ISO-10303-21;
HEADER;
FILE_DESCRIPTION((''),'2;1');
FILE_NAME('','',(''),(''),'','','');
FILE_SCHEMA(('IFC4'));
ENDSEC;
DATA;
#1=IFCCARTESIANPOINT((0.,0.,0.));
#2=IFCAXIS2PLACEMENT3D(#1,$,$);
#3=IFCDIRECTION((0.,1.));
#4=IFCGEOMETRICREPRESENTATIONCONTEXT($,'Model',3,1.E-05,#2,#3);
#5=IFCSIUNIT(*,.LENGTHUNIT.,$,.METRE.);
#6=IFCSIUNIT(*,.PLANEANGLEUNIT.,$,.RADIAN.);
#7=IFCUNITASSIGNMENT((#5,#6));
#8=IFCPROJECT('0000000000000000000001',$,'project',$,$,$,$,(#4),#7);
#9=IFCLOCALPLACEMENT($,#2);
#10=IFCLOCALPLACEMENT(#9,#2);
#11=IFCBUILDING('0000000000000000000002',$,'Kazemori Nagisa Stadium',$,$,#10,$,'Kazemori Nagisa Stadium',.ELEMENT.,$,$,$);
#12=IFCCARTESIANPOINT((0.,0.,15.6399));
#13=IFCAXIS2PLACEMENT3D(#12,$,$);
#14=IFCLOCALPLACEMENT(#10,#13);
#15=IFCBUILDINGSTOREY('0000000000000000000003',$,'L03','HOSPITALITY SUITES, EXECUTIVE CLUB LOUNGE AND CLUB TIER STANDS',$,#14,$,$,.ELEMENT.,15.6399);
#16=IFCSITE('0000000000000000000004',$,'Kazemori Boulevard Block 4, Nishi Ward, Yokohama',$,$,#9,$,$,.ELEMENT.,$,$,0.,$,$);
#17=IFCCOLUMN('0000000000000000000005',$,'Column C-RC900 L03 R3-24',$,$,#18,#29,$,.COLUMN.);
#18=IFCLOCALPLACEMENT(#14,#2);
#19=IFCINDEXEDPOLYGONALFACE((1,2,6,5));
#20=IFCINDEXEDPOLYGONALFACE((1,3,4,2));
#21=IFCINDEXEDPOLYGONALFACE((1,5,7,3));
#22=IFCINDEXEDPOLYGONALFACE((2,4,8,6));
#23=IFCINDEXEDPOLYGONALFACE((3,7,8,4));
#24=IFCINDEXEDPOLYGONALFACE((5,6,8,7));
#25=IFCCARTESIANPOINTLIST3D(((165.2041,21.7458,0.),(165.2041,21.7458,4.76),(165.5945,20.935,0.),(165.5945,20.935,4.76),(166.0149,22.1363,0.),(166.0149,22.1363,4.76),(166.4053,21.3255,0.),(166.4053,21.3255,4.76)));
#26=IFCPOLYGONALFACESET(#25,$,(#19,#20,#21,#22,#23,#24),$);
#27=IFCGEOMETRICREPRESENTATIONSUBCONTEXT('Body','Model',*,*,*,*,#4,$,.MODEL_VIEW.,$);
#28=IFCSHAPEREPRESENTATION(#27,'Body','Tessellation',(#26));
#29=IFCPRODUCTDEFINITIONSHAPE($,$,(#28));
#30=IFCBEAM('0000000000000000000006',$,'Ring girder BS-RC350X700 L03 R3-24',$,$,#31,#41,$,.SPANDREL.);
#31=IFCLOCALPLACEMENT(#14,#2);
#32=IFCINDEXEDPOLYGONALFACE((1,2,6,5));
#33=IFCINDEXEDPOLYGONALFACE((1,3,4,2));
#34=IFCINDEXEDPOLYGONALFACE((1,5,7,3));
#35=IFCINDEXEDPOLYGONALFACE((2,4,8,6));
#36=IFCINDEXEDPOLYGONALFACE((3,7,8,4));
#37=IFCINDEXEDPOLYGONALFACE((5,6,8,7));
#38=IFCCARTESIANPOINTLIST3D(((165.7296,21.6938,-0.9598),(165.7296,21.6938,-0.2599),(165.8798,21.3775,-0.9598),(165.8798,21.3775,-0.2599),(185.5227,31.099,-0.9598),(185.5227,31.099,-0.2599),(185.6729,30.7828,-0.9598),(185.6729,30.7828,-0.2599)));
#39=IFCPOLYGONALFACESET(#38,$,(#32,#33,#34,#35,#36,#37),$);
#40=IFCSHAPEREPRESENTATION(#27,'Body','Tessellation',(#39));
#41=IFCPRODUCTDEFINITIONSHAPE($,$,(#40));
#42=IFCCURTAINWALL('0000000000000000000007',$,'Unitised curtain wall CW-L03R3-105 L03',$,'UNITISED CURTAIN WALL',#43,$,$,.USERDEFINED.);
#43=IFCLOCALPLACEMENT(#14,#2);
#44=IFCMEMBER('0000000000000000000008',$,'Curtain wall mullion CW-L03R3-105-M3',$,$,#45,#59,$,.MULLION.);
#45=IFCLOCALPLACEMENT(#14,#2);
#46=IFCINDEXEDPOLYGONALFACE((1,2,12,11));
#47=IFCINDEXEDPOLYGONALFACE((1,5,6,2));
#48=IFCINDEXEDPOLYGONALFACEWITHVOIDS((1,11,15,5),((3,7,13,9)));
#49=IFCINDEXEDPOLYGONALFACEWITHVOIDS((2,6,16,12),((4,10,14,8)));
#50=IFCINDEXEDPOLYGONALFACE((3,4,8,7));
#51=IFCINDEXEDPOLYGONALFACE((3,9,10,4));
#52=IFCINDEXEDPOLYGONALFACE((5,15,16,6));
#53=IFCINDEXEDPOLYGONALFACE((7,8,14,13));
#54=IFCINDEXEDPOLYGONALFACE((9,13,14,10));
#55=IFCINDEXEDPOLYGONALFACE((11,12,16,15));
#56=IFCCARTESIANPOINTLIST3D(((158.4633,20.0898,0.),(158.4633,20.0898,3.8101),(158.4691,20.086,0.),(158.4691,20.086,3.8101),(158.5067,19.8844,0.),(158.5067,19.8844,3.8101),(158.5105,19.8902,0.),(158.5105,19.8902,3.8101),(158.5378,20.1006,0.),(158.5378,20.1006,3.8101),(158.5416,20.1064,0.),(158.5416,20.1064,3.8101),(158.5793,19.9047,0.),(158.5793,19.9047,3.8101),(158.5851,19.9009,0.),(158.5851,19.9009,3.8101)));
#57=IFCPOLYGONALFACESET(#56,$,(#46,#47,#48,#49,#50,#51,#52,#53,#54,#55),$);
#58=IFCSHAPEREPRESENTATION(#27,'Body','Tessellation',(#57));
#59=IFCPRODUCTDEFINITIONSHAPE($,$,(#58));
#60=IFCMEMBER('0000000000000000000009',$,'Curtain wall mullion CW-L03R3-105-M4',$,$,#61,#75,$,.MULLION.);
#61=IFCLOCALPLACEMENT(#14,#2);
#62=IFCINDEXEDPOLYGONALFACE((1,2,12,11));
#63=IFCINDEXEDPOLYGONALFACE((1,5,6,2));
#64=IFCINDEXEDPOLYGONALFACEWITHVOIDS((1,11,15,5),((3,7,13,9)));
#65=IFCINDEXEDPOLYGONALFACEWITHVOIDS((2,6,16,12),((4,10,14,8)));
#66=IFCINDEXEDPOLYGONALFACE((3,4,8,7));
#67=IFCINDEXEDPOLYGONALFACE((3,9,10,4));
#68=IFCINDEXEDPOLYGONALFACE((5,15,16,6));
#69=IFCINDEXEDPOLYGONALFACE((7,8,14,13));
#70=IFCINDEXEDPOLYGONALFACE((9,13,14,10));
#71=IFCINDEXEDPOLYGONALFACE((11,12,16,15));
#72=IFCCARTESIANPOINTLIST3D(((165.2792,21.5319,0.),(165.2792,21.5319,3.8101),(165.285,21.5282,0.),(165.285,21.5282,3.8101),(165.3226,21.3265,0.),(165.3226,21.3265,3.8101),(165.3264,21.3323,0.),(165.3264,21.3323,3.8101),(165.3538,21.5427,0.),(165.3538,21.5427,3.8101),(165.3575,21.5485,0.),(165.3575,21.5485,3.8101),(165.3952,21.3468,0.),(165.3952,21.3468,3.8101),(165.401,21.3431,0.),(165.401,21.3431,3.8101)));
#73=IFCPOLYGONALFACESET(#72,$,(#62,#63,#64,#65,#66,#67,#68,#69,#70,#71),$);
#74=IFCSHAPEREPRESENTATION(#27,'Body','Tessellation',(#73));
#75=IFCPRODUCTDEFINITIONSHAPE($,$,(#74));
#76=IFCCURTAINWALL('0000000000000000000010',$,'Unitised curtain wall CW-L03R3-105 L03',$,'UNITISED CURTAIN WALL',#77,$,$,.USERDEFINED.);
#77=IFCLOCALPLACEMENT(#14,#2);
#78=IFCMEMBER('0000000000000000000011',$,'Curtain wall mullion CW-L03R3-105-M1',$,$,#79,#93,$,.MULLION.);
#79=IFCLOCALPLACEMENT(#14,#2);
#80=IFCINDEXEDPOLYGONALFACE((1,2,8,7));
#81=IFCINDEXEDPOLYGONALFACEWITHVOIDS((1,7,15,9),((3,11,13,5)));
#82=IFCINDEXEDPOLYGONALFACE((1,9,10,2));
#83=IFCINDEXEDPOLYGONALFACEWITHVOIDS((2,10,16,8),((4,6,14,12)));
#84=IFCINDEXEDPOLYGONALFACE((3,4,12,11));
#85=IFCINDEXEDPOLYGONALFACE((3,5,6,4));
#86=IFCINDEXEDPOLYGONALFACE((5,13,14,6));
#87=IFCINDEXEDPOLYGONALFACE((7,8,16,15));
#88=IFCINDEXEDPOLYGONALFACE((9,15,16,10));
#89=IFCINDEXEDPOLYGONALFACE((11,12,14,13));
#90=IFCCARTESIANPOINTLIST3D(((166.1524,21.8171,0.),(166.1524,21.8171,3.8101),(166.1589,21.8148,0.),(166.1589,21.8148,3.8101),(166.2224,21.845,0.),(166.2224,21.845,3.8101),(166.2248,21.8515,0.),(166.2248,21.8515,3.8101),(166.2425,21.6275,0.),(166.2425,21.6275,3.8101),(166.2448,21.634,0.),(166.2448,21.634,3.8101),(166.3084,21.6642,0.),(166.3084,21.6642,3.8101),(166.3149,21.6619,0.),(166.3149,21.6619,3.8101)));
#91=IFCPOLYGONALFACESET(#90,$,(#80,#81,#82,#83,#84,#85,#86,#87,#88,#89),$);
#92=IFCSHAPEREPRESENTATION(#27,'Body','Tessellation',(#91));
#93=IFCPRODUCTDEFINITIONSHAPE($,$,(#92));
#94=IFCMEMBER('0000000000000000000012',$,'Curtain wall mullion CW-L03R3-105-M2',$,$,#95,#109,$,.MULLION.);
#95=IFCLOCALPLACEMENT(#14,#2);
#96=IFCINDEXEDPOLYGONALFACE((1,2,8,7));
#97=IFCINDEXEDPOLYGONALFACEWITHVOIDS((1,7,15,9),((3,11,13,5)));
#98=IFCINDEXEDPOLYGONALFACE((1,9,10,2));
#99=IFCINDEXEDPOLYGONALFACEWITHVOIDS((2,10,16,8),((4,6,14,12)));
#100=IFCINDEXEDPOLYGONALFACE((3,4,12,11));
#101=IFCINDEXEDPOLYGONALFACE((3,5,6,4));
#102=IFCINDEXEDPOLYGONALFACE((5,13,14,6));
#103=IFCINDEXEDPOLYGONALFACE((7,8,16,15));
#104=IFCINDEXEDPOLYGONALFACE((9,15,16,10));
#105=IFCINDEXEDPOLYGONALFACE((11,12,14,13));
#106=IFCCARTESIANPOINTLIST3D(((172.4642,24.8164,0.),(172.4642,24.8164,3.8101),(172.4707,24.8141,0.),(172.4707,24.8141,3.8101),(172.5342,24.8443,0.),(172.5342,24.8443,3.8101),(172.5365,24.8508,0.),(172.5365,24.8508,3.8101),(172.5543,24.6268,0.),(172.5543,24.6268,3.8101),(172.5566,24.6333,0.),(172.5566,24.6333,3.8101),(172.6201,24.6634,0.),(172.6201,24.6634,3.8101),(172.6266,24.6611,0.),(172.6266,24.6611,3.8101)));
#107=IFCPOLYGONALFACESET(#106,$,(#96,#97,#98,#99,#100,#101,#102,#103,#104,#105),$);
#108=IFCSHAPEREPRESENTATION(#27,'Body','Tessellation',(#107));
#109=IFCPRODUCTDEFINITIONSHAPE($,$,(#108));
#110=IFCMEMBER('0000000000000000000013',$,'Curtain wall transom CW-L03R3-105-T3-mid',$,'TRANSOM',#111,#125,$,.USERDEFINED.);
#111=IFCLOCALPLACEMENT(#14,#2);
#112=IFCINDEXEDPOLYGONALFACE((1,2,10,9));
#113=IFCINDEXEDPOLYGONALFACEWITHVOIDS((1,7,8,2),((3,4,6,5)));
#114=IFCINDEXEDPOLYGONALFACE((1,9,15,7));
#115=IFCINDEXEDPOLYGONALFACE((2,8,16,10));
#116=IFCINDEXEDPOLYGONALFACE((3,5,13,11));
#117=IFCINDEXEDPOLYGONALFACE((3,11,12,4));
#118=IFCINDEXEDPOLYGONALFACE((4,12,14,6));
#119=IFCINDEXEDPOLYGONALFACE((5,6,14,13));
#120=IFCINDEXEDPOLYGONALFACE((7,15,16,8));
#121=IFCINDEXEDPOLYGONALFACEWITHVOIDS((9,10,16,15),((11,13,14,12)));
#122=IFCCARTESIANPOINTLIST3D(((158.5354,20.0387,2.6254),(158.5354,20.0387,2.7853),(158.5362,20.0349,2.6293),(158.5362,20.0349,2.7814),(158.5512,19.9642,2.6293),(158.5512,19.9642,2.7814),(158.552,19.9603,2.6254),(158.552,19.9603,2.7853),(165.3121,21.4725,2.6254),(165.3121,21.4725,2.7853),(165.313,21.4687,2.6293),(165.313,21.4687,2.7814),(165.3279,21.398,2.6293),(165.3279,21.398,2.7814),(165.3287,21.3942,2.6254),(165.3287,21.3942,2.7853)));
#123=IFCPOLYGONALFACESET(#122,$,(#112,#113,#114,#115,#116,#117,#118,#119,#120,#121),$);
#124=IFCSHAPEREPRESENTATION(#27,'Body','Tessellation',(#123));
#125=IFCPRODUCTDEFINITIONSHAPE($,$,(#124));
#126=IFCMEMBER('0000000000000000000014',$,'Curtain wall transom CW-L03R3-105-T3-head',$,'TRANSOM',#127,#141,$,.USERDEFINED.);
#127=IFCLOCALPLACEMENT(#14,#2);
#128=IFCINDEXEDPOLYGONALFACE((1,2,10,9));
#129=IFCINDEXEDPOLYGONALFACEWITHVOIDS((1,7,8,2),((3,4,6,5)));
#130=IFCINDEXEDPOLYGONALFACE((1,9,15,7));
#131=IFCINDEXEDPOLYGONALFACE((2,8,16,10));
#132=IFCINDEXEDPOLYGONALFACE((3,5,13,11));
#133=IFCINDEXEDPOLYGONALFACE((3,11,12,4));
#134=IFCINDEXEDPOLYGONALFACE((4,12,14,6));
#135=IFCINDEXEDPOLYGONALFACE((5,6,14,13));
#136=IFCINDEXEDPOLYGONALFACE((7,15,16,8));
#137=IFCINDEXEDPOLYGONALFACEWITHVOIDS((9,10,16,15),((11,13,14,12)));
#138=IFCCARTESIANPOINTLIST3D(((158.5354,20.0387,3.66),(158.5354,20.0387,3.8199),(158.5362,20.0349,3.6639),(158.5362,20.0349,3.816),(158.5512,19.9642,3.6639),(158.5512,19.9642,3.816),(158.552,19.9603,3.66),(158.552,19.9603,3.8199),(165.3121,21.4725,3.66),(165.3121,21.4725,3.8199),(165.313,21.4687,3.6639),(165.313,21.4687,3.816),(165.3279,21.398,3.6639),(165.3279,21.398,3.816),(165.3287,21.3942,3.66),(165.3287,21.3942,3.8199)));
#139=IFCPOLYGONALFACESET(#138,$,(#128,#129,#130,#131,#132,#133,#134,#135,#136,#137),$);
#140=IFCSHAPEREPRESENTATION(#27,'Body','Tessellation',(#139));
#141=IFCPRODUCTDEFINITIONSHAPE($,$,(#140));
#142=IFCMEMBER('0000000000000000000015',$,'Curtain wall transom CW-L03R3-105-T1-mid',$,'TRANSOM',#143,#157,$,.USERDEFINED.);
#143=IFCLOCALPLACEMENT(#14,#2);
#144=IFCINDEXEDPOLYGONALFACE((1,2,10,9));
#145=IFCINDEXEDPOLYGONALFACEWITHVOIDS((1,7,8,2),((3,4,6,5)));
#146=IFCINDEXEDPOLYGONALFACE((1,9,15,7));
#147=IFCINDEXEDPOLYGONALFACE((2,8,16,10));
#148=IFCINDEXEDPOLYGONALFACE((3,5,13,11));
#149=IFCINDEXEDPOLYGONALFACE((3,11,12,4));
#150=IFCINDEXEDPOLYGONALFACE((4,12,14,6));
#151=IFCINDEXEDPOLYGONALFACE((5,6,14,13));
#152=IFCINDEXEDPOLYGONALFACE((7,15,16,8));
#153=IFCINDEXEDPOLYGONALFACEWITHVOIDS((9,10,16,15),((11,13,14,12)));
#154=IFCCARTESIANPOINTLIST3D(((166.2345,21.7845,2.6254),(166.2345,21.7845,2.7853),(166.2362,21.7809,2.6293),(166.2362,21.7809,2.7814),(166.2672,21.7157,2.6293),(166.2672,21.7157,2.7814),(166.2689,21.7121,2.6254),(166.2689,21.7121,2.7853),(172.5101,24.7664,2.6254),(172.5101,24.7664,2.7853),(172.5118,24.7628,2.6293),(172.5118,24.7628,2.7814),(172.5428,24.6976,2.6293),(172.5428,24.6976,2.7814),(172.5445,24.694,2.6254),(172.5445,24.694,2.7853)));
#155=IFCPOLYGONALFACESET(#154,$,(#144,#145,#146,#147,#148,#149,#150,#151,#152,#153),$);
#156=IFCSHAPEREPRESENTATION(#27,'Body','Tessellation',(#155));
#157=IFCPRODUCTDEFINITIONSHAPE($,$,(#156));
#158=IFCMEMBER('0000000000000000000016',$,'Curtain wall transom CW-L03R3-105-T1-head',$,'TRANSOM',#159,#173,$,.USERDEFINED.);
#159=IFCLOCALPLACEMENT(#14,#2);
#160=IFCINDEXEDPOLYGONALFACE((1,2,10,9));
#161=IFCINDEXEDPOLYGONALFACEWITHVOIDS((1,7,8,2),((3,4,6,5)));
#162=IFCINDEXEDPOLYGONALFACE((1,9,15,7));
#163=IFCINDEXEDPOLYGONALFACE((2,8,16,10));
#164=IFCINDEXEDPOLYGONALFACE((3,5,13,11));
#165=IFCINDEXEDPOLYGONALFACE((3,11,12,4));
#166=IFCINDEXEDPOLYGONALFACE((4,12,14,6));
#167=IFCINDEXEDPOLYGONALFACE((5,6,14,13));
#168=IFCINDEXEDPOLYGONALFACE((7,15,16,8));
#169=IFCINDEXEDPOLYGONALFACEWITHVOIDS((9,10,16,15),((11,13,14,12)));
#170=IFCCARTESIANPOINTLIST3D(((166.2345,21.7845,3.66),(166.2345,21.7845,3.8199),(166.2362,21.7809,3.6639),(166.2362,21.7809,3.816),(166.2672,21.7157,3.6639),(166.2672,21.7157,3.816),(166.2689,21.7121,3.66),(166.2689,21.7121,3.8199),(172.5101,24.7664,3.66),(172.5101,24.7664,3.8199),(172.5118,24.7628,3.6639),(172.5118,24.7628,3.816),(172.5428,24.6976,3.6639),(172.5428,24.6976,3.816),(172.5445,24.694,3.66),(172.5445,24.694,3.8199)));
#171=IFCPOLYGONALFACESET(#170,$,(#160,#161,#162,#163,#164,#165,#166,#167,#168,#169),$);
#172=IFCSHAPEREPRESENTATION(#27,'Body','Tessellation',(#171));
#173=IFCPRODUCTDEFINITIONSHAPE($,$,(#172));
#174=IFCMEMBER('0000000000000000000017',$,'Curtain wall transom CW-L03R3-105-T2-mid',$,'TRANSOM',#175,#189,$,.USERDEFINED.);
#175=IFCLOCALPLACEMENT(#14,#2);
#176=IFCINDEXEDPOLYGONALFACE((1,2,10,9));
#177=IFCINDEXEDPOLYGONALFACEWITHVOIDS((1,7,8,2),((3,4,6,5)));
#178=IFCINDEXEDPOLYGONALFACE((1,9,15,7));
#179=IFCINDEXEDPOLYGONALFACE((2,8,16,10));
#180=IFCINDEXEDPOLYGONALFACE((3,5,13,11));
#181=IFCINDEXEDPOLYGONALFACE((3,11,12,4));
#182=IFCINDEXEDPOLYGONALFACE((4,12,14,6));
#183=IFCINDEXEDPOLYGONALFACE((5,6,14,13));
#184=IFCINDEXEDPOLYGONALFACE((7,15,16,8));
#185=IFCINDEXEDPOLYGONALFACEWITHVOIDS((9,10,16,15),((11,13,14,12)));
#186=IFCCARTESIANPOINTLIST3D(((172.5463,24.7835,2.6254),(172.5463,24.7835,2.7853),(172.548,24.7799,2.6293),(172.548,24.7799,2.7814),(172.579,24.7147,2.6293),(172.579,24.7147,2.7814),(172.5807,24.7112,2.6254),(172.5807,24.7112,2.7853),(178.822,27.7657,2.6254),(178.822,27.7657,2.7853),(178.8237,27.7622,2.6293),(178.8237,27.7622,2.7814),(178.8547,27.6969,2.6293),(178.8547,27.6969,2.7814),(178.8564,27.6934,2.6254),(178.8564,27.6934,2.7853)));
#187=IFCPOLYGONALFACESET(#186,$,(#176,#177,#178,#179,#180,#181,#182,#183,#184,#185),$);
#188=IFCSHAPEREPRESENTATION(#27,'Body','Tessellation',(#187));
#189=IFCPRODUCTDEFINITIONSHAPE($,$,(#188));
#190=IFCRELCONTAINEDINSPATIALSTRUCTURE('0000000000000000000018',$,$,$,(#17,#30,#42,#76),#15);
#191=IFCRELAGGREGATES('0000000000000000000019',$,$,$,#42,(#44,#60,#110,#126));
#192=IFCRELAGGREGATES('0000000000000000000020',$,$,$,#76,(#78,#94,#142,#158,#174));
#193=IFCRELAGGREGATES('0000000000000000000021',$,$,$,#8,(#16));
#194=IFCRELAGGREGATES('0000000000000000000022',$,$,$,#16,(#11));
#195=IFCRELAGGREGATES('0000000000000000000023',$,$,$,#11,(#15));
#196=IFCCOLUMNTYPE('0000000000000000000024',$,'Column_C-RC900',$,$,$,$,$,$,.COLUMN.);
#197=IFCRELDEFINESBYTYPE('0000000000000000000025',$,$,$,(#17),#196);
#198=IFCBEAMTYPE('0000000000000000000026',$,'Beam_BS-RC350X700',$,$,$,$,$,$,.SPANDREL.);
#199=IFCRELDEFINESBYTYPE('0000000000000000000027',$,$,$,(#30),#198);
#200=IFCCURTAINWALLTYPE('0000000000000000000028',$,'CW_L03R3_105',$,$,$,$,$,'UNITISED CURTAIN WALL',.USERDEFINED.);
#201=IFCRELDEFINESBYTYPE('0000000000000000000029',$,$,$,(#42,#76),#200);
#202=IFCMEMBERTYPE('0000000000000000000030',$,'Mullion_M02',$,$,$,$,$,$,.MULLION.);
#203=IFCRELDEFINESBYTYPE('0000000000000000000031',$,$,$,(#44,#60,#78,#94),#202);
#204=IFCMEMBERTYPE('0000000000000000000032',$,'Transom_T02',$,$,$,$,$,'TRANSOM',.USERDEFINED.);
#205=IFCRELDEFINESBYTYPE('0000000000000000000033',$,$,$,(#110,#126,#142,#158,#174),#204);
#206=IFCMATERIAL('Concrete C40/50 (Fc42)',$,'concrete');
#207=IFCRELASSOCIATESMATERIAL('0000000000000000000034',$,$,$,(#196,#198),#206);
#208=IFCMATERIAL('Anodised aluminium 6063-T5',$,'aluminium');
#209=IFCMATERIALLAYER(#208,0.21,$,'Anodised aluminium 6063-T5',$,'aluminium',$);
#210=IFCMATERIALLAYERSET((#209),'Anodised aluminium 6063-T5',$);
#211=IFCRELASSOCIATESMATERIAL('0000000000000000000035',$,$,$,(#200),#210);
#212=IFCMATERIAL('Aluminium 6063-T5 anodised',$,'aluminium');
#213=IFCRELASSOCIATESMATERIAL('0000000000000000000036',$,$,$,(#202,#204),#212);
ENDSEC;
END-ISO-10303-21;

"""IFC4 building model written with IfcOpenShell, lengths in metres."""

from ifc_helpers import new_model, si_unit, direction, frame, origin, origin_2d, place, context, subcontext, project, spatial, rectangle, hollow_rectangle, extrude, material, layer, layer_set, material_profile, profile_set, type_object, element, aggregate, save


model = new_model("IFC4")

# Units and contexts
model_context = context("Model", 3, precision=1e-05, world=origin(), true_north=direction((0.0, 1.0)))
body_context = subcontext(model_context, "Body", "Model", "MODEL_VIEW")
ifc_project = project(units=[si_unit("LENGTHUNIT", "METRE"), si_unit("PLANEANGLEUNIT", "RADIAN")], contexts=[model_context])

# Site, building, storey
site_placement = place(None, origin())
site = spatial("IfcSite", under=ifc_project, at=site_placement, Name="Kazemori Boulevard Block 4, Nishi Ward, Yokohama", CompositionType="ELEMENT", RefElevation=0.0)
building_placement = place(site_placement, origin())
building = spatial("IfcBuilding", under=site, at=building_placement, Name="Kazemori Nagisa Stadium", LongName="Kazemori Nagisa Stadium", CompositionType="ELEMENT")
storey_placement = place(building_placement, frame((0.0, 0.0, 15.6399)))
storey = spatial("IfcBuildingStorey", under=building, at=storey_placement, Name="L03", Description="HOSPITALITY SUITES, EXECUTIVE CLUB LOUNGE AND CLUB TIER STANDS", CompositionType="ELEMENT", Elevation=15.6399)

# Column
ifc_material_1 = material(Name="Concrete C40/50 (Fc42)", Category="concrete")
ifc_material_profile_1 = material_profile(ifc_material_1, rectangle(XDim=0.8999, YDim=0.8999, at=origin_2d()), Name="RC-COL-900x900")
ifc_profile_set_1 = profile_set([ifc_material_profile_1], Name="Concrete C40/50 (Fc42)")
column_type = type_object("IfcColumnType", Name="Column_C-RC900", PredefinedType="COLUMN", material=ifc_profile_set_1)
column_placement = place(storey_placement, frame((165.8047, 21.5356, 0.0), z_axis=(0.0, 0.0, 1.0), x_axis=(0.433884, -0.900969, 0.0)))
element("IfcColumn", 1, at=column_placement, inside=storey, type_object=column_type, Name="Column C-RC900 L03 R3-24", PredefinedType="COLUMN", context=body_context, shape_type="SweptSolid", body=[
    extrude(rectangle(XDim=0.8999, YDim=0.8999, at=origin_2d()), origin(), (0.0, 0.0, 1.0), 4.76),
])

# Beam
ifc_material_profile_2 = material_profile(ifc_material_1, rectangle(XDim=0.3501, YDim=0.7, at=origin_2d()), Name="RC-SP-350x700")
ifc_profile_set_2 = profile_set([ifc_material_profile_2], Name="Concrete C40/50 (Fc42)")
beam_type = type_object("IfcBeamType", Name="Beam_BS-RC350X700", PredefinedType="SPANDREL", material=ifc_profile_set_2)
beam_placement = place(storey_placement, frame((165.8047, 21.5356, -0.6099), z_axis=(0.903216, 0.429187, 0.0), x_axis=(-0.429187, 0.903216, 0.0)))
element("IfcBeam", 2, at=beam_placement, inside=storey, type_object=beam_type, Name="Ring girder BS-RC350X700 L03 R3-24", PredefinedType="SPANDREL", context=body_context, shape_type="SweptSolid", body=[
    extrude(rectangle(XDim=0.3501, YDim=0.7, at=origin_2d()), origin(), (0.0, 0.0, 1.0), 21.9141),
])

# Curtain walls, members
ifc_material_2 = material(Name="Anodised aluminium 6063-T5", Category="aluminium")
ifc_layer_1 = layer(ifc_material_2, 0.21, Name="Anodised aluminium 6063-T5", Category="aluminium")
ifc_layer_set_1 = layer_set([ifc_layer_1], Name="Anodised aluminium 6063-T5")
curtain_wall_type = type_object("IfcCurtainWallType", Name="CW_L03R3_105", ElementType="UNITISED CURTAIN WALL", PredefinedType="USERDEFINED", material=ifc_layer_set_1)
curtain_wall_1_placement = place(storey_placement, origin())
curtain_wall_1 = element("IfcCurtainWall", 3, at=curtain_wall_1_placement, inside=storey, type_object=curtain_wall_type, Name="Unitised curtain wall CW-L03R3-105 L03", ObjectType="UNITISED CURTAIN WALL", PredefinedType="USERDEFINED")
ifc_material_3 = material(Name="Aluminium 6063-T5 anodised", Category="aluminium")
ifc_material_profile_3 = material_profile(ifc_material_3, hollow_rectangle(XDim=0.0801, YDim=0.21, WallThickness=0.0049, at=origin_2d()), Name="ALU-MULL-80x210x5")
ifc_profile_set_3 = profile_set([ifc_material_profile_3], Name="Aluminium 6063-T5 anodised")
member_type_1 = type_object("IfcMemberType", Name="Mullion_M02", PredefinedType="MULLION", material=ifc_profile_set_3)
member_1_placement = place(storey_placement, frame((158.5242, 19.9954, 0.0), z_axis=(0.0, 0.0, 1.0), x_axis=(0.978345, 0.206981, 0.0)))
member_1 = element("IfcMember", 4, at=member_1_placement, type_object=member_type_1, Name="Curtain wall mullion CW-L03R3-105-M3", PredefinedType="MULLION", context=body_context, shape_type="SweptSolid", body=[
    extrude(hollow_rectangle(XDim=0.0801, YDim=0.21, WallThickness=0.0049, at=origin_2d()), origin(), (0.0, 0.0, 1.0), 3.8101),
])
member_2_placement = place(storey_placement, frame((165.3401, 21.4375, 0.0), z_axis=(0.0, 0.0, 1.0), x_axis=(0.978345, 0.206981, 0.0)))
member_2 = element("IfcMember", 5, at=member_2_placement, type_object=member_type_1, Name="Curtain wall mullion CW-L03R3-105-M4", PredefinedType="MULLION", context=body_context, shape_type="SweptSolid", body=[
    extrude(hollow_rectangle(XDim=0.0801, YDim=0.21, WallThickness=0.0049, at=origin_2d()), origin(), (0.0, 0.0, 1.0), 3.8101),
])
curtain_wall_2_placement = place(storey_placement, origin())
curtain_wall_2 = element("IfcCurtainWall", 6, at=curtain_wall_2_placement, inside=storey, type_object=curtain_wall_type, Name="Unitised curtain wall CW-L03R3-105 L03", ObjectType="UNITISED CURTAIN WALL", PredefinedType="USERDEFINED")
member_3_placement = place(storey_placement, frame((166.2336, 21.7395, 0.0), z_axis=(0.0, 0.0, 1.0), x_axis=(0.903216, 0.429186, 0.0)))
member_3 = element("IfcMember", 7, at=member_3_placement, type_object=member_type_1, Name="Curtain wall mullion CW-L03R3-105-M1", PredefinedType="MULLION", context=body_context, shape_type="SweptSolid", body=[
    extrude(hollow_rectangle(XDim=0.0801, YDim=0.21, WallThickness=0.0049, at=origin_2d()), origin(), (0.0, 0.0, 1.0), 3.8101),
])
member_4_placement = place(storey_placement, frame((172.5454, 24.7388, 0.0), z_axis=(0.0, 0.0, 1.0), x_axis=(0.903216, 0.429186, 0.0)))
member_4 = element("IfcMember", 8, at=member_4_placement, type_object=member_type_1, Name="Curtain wall mullion CW-L03R3-105-M2", PredefinedType="MULLION", context=body_context, shape_type="SweptSolid", body=[
    extrude(hollow_rectangle(XDim=0.0801, YDim=0.21, WallThickness=0.0049, at=origin_2d()), origin(), (0.0, 0.0, 1.0), 3.8101),
])

# Members
ifc_material_profile_4 = material_profile(ifc_material_3, hollow_rectangle(XDim=0.0801, YDim=0.1599, WallThickness=0.0039, at=origin_2d()), Name="ALU-TRAN-80x160x4")
ifc_profile_set_4 = profile_set([ifc_material_profile_4], Name="Aluminium 6063-T5 anodised")
member_type_2 = type_object("IfcMemberType", Name="Transom_T02", ElementType="TRANSOM", PredefinedType="USERDEFINED", material=ifc_profile_set_4)
member_5_placement = place(storey_placement, frame((158.5437, 19.9995, 2.7053), z_axis=(0.978342, 0.206996, 0.0), x_axis=(-0.206996, 0.978342, 0.0)))
member_5 = element("IfcMember", 9, at=member_5_placement, type_object=member_type_2, Name="Curtain wall transom CW-L03R3-105-T3-mid", ObjectType="TRANSOM", PredefinedType="USERDEFINED", context=body_context, shape_type="SweptSolid", body=[
    extrude(hollow_rectangle(XDim=0.0801, YDim=0.1599, WallThickness=0.0039, at=origin_2d()), origin(), (0.0, 0.0, 1.0), 6.9268),
])
member_6_placement = place(storey_placement, frame((158.5437, 19.9995, 3.74), z_axis=(0.978342, 0.206996, 0.0), x_axis=(-0.206996, 0.978342, 0.0)))
member_6 = element("IfcMember", 10, at=member_6_placement, type_object=member_type_2, Name="Curtain wall transom CW-L03R3-105-T3-head", ObjectType="TRANSOM", PredefinedType="USERDEFINED", context=body_context, shape_type="SweptSolid", body=[
    extrude(hollow_rectangle(XDim=0.0801, YDim=0.1599, WallThickness=0.0039, at=origin_2d()), origin(), (0.0, 0.0, 1.0), 6.9268),
])
member_7_placement = place(storey_placement, frame((166.2517, 21.7483, 2.7053), z_axis=(0.903221, 0.429175, 0.0), x_axis=(-0.429175, 0.903221, 0.0)))
member_7 = element("IfcMember", 11, at=member_7_placement, type_object=member_type_2, Name="Curtain wall transom CW-L03R3-105-T1-mid", ObjectType="TRANSOM", PredefinedType="USERDEFINED", context=body_context, shape_type="SweptSolid", body=[
    extrude(hollow_rectangle(XDim=0.0801, YDim=0.1599, WallThickness=0.0039, at=origin_2d()), origin(), (0.0, 0.0, 1.0), 6.948),
])
member_8_placement = place(storey_placement, frame((166.2517, 21.7483, 3.74), z_axis=(0.903221, 0.429175, 0.0), x_axis=(-0.429175, 0.903221, 0.0)))
member_8 = element("IfcMember", 12, at=member_8_placement, type_object=member_type_2, Name="Curtain wall transom CW-L03R3-105-T1-head", ObjectType="TRANSOM", PredefinedType="USERDEFINED", context=body_context, shape_type="SweptSolid", body=[
    extrude(hollow_rectangle(XDim=0.0801, YDim=0.1599, WallThickness=0.0039, at=origin_2d()), origin(), (0.0, 0.0, 1.0), 6.948),
])
member_9_placement = place(storey_placement, frame((172.5635, 24.7473, 2.7053), z_axis=(0.903208, 0.429204, 0.0), x_axis=(-0.429204, 0.903208, 0.0)))
member_9 = element("IfcMember", 13, at=member_9_placement, type_object=member_type_2, Name="Curtain wall transom CW-L03R3-105-T2-mid", ObjectType="TRANSOM", PredefinedType="USERDEFINED", context=body_context, shape_type="SweptSolid", body=[
    extrude(hollow_rectangle(XDim=0.0801, YDim=0.1599, WallThickness=0.0039, at=origin_2d()), origin(), (0.0, 0.0, 1.0), 6.9482),
])

aggregate(curtain_wall_1, [member_1, member_2, member_5, member_6])
aggregate(curtain_wall_2, [member_3, member_4, member_7, member_8, member_9])

save(model, "model.ifc")
